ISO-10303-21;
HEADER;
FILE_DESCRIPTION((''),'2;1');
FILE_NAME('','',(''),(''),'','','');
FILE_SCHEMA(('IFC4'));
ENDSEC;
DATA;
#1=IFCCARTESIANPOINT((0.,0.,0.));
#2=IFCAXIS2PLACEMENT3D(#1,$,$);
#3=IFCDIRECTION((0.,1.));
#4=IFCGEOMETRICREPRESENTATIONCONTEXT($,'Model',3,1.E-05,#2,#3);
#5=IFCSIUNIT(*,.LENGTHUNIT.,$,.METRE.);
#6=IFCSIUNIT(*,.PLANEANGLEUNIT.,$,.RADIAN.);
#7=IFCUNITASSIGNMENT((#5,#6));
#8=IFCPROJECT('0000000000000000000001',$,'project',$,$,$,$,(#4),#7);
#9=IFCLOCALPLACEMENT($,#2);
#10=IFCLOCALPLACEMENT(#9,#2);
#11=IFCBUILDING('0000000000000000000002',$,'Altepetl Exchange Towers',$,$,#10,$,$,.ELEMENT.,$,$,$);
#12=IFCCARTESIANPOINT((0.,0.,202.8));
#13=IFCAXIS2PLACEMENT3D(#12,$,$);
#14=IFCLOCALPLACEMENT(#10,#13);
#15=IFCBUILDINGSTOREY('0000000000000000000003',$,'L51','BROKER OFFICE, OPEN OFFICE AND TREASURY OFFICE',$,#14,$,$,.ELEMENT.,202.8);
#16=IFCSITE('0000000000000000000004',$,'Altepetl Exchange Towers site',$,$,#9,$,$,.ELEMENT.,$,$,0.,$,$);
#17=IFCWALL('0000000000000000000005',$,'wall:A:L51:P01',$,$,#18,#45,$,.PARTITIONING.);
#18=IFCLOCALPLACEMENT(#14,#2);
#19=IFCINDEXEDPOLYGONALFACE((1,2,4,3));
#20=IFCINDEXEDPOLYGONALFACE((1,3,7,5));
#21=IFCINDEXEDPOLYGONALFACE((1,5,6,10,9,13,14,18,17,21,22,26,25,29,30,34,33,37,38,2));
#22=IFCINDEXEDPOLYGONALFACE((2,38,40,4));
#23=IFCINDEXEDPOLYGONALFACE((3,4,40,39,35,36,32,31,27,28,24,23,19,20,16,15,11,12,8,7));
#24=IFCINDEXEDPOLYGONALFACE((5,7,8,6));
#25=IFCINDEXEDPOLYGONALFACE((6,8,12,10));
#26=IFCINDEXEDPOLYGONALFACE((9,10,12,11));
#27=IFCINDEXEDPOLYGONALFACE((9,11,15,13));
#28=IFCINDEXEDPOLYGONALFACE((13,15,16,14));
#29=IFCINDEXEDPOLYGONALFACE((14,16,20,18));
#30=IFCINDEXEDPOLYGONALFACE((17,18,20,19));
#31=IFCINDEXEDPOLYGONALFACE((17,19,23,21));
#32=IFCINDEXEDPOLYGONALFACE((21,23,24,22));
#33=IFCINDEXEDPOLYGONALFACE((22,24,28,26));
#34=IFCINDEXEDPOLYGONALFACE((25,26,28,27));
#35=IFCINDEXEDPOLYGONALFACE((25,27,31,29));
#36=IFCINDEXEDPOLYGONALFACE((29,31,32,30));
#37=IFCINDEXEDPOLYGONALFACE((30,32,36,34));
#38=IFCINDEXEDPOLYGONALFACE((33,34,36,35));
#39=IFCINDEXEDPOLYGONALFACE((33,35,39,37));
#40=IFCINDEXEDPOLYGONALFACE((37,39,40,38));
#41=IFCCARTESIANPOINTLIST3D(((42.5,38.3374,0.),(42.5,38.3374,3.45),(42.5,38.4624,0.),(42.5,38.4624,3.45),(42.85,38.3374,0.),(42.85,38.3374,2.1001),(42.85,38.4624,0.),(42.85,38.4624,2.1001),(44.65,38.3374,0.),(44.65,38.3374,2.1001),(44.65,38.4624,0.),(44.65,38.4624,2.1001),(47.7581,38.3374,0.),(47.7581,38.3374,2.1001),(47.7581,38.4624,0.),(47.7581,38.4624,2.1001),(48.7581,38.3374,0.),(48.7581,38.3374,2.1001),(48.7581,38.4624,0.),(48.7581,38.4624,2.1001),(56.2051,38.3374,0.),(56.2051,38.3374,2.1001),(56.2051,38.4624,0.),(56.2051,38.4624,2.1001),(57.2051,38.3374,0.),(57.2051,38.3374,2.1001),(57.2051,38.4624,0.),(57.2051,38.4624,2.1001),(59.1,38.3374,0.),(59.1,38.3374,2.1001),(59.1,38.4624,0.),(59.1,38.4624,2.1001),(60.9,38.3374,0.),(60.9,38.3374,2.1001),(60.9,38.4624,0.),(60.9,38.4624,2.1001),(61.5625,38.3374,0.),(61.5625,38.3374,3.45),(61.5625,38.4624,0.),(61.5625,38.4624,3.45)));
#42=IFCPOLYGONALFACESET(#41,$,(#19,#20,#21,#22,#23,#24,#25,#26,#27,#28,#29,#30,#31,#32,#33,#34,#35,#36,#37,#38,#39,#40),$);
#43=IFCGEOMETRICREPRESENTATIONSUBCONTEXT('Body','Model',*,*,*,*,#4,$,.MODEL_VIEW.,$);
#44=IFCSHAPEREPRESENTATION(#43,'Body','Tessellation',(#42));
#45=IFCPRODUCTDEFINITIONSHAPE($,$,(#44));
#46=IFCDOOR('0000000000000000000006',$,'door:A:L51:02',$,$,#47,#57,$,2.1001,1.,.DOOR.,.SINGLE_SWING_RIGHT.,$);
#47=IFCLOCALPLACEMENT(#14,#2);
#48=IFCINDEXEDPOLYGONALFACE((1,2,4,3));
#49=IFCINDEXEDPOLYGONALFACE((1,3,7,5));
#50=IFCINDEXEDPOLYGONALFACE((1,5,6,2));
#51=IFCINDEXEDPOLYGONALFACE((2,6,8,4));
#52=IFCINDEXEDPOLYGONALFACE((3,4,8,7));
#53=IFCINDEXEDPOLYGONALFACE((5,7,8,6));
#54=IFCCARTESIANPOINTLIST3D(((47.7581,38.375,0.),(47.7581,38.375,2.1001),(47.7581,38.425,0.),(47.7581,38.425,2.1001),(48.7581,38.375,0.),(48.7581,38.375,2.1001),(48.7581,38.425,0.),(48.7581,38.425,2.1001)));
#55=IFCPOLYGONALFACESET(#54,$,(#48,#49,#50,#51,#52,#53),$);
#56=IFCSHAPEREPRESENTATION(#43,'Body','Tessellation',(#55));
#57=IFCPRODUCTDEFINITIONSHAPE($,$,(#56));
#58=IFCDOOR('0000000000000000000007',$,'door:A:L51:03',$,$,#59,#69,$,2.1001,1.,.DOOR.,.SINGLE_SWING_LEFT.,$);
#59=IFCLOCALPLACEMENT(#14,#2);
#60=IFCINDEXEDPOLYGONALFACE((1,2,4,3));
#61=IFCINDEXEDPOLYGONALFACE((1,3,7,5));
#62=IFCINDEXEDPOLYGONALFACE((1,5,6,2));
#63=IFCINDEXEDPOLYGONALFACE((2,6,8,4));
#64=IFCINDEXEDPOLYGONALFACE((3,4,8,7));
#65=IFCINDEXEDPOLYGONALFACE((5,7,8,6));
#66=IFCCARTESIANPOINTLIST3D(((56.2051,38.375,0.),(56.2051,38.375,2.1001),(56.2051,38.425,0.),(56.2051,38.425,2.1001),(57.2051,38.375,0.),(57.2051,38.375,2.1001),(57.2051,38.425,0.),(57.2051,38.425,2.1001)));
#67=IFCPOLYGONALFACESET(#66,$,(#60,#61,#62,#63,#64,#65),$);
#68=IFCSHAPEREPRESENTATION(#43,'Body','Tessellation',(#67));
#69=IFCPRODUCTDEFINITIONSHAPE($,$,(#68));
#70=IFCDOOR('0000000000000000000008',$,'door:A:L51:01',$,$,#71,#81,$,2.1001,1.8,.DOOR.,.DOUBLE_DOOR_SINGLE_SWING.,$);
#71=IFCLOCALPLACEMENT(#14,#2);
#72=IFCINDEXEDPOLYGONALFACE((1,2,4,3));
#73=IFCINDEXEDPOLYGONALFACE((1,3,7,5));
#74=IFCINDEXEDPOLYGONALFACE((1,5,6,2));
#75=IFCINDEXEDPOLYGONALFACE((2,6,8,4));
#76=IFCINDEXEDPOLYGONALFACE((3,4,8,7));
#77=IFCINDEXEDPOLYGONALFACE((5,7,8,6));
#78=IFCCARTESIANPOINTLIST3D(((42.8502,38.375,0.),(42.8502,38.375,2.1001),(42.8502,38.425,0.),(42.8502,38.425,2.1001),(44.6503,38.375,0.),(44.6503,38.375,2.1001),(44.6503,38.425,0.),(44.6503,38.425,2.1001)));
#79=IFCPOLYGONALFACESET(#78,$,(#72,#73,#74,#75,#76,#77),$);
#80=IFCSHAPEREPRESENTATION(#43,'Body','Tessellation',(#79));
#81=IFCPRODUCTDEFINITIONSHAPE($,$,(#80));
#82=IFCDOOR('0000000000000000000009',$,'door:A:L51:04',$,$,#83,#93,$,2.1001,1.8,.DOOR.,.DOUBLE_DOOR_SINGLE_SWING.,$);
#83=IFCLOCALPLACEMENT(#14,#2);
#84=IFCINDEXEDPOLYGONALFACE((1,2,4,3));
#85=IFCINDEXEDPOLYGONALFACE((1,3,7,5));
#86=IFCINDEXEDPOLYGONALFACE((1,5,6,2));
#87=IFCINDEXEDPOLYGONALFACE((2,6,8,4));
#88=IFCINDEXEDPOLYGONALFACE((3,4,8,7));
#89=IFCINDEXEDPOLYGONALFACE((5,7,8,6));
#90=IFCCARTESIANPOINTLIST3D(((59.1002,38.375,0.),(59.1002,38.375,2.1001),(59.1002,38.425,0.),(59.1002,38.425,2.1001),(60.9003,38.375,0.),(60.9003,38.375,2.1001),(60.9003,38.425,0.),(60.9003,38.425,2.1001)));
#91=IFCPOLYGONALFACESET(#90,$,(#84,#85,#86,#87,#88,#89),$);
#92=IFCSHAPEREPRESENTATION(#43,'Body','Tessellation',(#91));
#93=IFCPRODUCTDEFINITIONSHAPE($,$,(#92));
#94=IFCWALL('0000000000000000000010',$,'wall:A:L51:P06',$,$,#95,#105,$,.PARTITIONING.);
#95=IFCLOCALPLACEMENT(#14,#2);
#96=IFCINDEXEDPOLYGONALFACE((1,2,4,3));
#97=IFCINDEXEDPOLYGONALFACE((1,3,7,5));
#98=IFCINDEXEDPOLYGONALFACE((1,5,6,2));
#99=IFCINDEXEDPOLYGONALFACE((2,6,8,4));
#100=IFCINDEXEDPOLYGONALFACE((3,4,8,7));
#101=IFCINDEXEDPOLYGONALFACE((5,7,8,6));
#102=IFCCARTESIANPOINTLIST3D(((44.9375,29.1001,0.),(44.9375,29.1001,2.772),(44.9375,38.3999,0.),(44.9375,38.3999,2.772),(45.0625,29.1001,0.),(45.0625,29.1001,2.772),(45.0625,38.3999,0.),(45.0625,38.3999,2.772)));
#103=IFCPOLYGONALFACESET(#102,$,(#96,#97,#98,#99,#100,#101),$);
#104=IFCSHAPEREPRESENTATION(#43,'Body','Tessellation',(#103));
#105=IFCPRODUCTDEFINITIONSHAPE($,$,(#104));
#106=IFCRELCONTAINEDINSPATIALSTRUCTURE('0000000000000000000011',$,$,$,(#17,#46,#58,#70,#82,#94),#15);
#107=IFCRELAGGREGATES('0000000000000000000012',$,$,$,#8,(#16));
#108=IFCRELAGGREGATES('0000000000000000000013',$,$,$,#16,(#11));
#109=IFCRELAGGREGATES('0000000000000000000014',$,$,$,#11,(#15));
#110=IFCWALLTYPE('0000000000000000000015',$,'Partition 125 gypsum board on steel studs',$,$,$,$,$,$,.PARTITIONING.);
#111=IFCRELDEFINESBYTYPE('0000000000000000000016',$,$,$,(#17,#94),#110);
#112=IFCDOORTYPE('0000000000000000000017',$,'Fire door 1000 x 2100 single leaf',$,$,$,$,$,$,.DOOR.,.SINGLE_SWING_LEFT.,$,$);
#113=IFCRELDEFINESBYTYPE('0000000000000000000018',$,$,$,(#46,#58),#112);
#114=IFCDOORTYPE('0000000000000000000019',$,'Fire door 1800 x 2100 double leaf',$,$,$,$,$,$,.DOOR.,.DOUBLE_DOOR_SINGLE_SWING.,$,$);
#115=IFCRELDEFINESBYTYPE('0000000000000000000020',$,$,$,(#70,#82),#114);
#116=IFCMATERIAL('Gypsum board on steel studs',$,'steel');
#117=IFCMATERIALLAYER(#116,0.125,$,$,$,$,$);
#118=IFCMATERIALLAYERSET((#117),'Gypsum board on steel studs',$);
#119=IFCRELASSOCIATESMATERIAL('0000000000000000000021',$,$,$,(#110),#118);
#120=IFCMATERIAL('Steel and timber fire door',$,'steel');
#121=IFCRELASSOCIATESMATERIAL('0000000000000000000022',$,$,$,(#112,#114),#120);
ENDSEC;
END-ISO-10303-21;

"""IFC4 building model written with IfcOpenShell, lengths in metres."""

from ifc_helpers import new_model, si_unit, direction, frame, frame_2d, origin, place, context, subcontext, project, spatial, rectangle, extrude, material, layer, layer_set, type_object, element, fill, save


model = new_model("IFC4")

# Units and contexts
model_context = context("Model", 3, precision=1e-05, world=origin(), true_north=direction((0.0, 1.0)))
body_context = subcontext(model_context, "Body", "Model", "MODEL_VIEW")
ifc_project = project(units=[si_unit("LENGTHUNIT", "METRE"), si_unit("PLANEANGLEUNIT", "RADIAN")], contexts=[model_context])

# Site, building, storey
site_placement = place(None, origin())
site = spatial("IfcSite", under=ifc_project, at=site_placement, Name="Altepetl Exchange Towers site", CompositionType="ELEMENT", RefElevation=0.0)
building_placement = place(site_placement, origin())
building = spatial("IfcBuilding", under=site, at=building_placement, Name="Altepetl Exchange Towers", CompositionType="ELEMENT")
storey_placement = place(building_placement, frame((0.0, 0.0, 202.8)))
storey = spatial("IfcBuildingStorey", under=building, at=storey_placement, Name="L51", Description="BROKER OFFICE, OPEN OFFICE AND TREASURY OFFICE", CompositionType="ELEMENT", Elevation=202.8)

# Wall, openings, doors
ifc_material_1 = material(Name="Gypsum board on steel studs", Category="steel")
ifc_layer_1 = layer(ifc_material_1, 0.125)
ifc_layer_set_1 = layer_set([ifc_layer_1], Name="Gypsum board on steel studs")
wall_type_1 = type_object("IfcWallType", Name="Partition 125 gypsum board on steel studs", PredefinedType="PARTITIONING", material=ifc_layer_set_1)
wall_1_placement = place(storey_placement, frame((42.5, 38.3999, 0.0)))
wall_1 = element("IfcWall", 1, at=wall_1_placement, inside=storey, type_object=wall_type_1, Name="wall:A:L51:P01", PredefinedType="PARTITIONING", context=body_context, shape_type="SweptSolid", body=[
    extrude(rectangle(XDim=19.0625, YDim=0.125, at=frame_2d((9.5312, 0.0))), origin(), (0.0, 0.0, 1.0), 3.45),
])
opening_1_placement = place(wall_1_placement, frame((0.3501, 0.0, 0.0)))
opening_1 = element("IfcOpeningElement", 2, at=opening_1_placement, cuts=wall_1, PredefinedType="OPENING", context=body_context, shape_type="SweptSolid", body=[
    extrude(rectangle(XDim=1.8, YDim=2.1001, at=frame_2d((0.8999, 1.05))), frame((0.0, 0.0725, 0.0), z_axis=(0.0, -1.0, 0.0), x_axis=(1.0, 0.0, 0.0)), (0.0, 0.0, 1.0), 0.145),
])
opening_2_placement = place(wall_1_placement, frame((5.2581, 0.0, 0.0)))
opening_2 = element("IfcOpeningElement", 3, at=opening_2_placement, cuts=wall_1, PredefinedType="OPENING", context=body_context, shape_type="SweptSolid", body=[
    extrude(rectangle(XDim=1.0, YDim=2.1001, at=frame_2d((0.5, 1.05))), frame((0.0, 0.0725, 0.0), z_axis=(0.0, -1.0, 0.0), x_axis=(1.0, 0.0, 0.0)), (0.0, 0.0, 1.0), 0.145),
])
opening_3_placement = place(wall_1_placement, frame((13.7051, 0.0, 0.0)))
opening_3 = element("IfcOpeningElement", 4, at=opening_3_placement, cuts=wall_1, PredefinedType="OPENING", context=body_context, shape_type="SweptSolid", body=[
    extrude(rectangle(XDim=1.0, YDim=2.1001, at=frame_2d((0.5, 1.05))), frame((0.0, 0.0725, 0.0), z_axis=(0.0, -1.0, 0.0), x_axis=(1.0, 0.0, 0.0)), (0.0, 0.0, 1.0), 0.145),
])
opening_4_placement = place(wall_1_placement, frame((16.6001, 0.0, 0.0)))
opening_4 = element("IfcOpeningElement", 5, at=opening_4_placement, cuts=wall_1, PredefinedType="OPENING", context=body_context, shape_type="SweptSolid", body=[
    extrude(rectangle(XDim=1.8, YDim=2.1001, at=frame_2d((0.8999, 1.05))), frame((0.0, 0.0725, 0.0), z_axis=(0.0, -1.0, 0.0), x_axis=(1.0, 0.0, 0.0)), (0.0, 0.0, 1.0), 0.145),
])
ifc_material_2 = material(Name="Steel and timber fire door", Category="steel")
door_type_1 = type_object("IfcDoorType", Name="Fire door 1000 x 2100 single leaf", OperationType="SINGLE_SWING_LEFT", PredefinedType="DOOR", material=ifc_material_2)
door_1_placement = place(opening_2_placement, frame((1.0, 0.0, 0.0), x_axis=(-1.0, 0.0, 0.0)))
door_1 = element("IfcDoor", 6, at=door_1_placement, inside=storey, type_object=door_type_1, Name="door:A:L51:02", OperationType="SINGLE_SWING_RIGHT", OverallHeight=2.1001, OverallWidth=1.0, PredefinedType="DOOR", context=body_context, shape_type="SweptSolid", body=[
    extrude(rectangle(XDim=1.0, YDim=2.1001, at=frame_2d((0.5, 1.05))), frame((0.0, 0.0249, 0.0), z_axis=(0.0, -1.0, 0.0), x_axis=(1.0, 0.0, 0.0)), (0.0, 0.0, 1.0), 0.05),
])
fill(opening_2, door_1)
door_2_placement = place(opening_3_placement, frame((1.0, 0.0, 0.0), x_axis=(-1.0, 0.0, 0.0)))
door_2 = element("IfcDoor", 7, at=door_2_placement, inside=storey, type_object=door_type_1, Name="door:A:L51:03", OperationType="SINGLE_SWING_LEFT", OverallHeight=2.1001, OverallWidth=1.0, PredefinedType="DOOR", context=body_context, shape_type="SweptSolid", body=[
    extrude(rectangle(XDim=1.0, YDim=2.1001, at=frame_2d((0.5, 1.05))), frame((0.0, 0.0249, 0.0), z_axis=(0.0, -1.0, 0.0), x_axis=(1.0, 0.0, 0.0)), (0.0, 0.0, 1.0), 0.05),
])
fill(opening_3, door_2)
door_type_2 = type_object("IfcDoorType", Name="Fire door 1800 x 2100 double leaf", OperationType="DOUBLE_DOOR_SINGLE_SWING", PredefinedType="DOOR", material=ifc_material_2)
door_3_placement = place(opening_1_placement, frame((1.8, 0.0, 0.0), x_axis=(-1.0, 0.0, 0.0)))
door_3 = element("IfcDoor", 8, at=door_3_placement, inside=storey, type_object=door_type_2, Name="door:A:L51:01", OperationType="DOUBLE_DOOR_SINGLE_SWING", OverallHeight=2.1001, OverallWidth=1.8, PredefinedType="DOOR", context=body_context, shape_type="SweptSolid", body=[
    extrude(rectangle(XDim=1.8, YDim=2.1001, at=frame_2d((0.8999, 1.05))), frame((0.0, 0.0249, 0.0), z_axis=(0.0, -1.0, 0.0), x_axis=(1.0, 0.0, 0.0)), (0.0, 0.0, 1.0), 0.05),
])
fill(opening_1, door_3)
door_4_placement = place(opening_4_placement, frame((1.8, 0.0, 0.0), x_axis=(-1.0, 0.0, 0.0)))
door_4 = element("IfcDoor", 9, at=door_4_placement, inside=storey, type_object=door_type_2, Name="door:A:L51:04", OperationType="DOUBLE_DOOR_SINGLE_SWING", OverallHeight=2.1001, OverallWidth=1.8, PredefinedType="DOOR", context=body_context, shape_type="SweptSolid", body=[
    extrude(rectangle(XDim=1.8, YDim=2.1001, at=frame_2d((0.8999, 1.05))), frame((0.0, 0.0249, 0.0), z_axis=(0.0, -1.0, 0.0), x_axis=(1.0, 0.0, 0.0)), (0.0, 0.0, 1.0), 0.05),
])
fill(opening_4, door_4)

# Wall
wall_2_placement = place(storey_placement, frame((45.0, 29.1001, 0.0), z_axis=(0.0, 0.0, 1.0), x_axis=(0.0, 1.0, 0.0)))
element("IfcWall", 10, at=wall_2_placement, inside=storey, type_object=wall_type_1, Name="wall:A:L51:P06", PredefinedType="PARTITIONING", context=body_context, shape_type="SweptSolid", body=[
    extrude(rectangle(XDim=9.2998, YDim=0.125, at=frame_2d((4.6499, 0.0))), origin(), (0.0, 0.0, 1.0), 2.772),
])

save(model, "model.ifc")
